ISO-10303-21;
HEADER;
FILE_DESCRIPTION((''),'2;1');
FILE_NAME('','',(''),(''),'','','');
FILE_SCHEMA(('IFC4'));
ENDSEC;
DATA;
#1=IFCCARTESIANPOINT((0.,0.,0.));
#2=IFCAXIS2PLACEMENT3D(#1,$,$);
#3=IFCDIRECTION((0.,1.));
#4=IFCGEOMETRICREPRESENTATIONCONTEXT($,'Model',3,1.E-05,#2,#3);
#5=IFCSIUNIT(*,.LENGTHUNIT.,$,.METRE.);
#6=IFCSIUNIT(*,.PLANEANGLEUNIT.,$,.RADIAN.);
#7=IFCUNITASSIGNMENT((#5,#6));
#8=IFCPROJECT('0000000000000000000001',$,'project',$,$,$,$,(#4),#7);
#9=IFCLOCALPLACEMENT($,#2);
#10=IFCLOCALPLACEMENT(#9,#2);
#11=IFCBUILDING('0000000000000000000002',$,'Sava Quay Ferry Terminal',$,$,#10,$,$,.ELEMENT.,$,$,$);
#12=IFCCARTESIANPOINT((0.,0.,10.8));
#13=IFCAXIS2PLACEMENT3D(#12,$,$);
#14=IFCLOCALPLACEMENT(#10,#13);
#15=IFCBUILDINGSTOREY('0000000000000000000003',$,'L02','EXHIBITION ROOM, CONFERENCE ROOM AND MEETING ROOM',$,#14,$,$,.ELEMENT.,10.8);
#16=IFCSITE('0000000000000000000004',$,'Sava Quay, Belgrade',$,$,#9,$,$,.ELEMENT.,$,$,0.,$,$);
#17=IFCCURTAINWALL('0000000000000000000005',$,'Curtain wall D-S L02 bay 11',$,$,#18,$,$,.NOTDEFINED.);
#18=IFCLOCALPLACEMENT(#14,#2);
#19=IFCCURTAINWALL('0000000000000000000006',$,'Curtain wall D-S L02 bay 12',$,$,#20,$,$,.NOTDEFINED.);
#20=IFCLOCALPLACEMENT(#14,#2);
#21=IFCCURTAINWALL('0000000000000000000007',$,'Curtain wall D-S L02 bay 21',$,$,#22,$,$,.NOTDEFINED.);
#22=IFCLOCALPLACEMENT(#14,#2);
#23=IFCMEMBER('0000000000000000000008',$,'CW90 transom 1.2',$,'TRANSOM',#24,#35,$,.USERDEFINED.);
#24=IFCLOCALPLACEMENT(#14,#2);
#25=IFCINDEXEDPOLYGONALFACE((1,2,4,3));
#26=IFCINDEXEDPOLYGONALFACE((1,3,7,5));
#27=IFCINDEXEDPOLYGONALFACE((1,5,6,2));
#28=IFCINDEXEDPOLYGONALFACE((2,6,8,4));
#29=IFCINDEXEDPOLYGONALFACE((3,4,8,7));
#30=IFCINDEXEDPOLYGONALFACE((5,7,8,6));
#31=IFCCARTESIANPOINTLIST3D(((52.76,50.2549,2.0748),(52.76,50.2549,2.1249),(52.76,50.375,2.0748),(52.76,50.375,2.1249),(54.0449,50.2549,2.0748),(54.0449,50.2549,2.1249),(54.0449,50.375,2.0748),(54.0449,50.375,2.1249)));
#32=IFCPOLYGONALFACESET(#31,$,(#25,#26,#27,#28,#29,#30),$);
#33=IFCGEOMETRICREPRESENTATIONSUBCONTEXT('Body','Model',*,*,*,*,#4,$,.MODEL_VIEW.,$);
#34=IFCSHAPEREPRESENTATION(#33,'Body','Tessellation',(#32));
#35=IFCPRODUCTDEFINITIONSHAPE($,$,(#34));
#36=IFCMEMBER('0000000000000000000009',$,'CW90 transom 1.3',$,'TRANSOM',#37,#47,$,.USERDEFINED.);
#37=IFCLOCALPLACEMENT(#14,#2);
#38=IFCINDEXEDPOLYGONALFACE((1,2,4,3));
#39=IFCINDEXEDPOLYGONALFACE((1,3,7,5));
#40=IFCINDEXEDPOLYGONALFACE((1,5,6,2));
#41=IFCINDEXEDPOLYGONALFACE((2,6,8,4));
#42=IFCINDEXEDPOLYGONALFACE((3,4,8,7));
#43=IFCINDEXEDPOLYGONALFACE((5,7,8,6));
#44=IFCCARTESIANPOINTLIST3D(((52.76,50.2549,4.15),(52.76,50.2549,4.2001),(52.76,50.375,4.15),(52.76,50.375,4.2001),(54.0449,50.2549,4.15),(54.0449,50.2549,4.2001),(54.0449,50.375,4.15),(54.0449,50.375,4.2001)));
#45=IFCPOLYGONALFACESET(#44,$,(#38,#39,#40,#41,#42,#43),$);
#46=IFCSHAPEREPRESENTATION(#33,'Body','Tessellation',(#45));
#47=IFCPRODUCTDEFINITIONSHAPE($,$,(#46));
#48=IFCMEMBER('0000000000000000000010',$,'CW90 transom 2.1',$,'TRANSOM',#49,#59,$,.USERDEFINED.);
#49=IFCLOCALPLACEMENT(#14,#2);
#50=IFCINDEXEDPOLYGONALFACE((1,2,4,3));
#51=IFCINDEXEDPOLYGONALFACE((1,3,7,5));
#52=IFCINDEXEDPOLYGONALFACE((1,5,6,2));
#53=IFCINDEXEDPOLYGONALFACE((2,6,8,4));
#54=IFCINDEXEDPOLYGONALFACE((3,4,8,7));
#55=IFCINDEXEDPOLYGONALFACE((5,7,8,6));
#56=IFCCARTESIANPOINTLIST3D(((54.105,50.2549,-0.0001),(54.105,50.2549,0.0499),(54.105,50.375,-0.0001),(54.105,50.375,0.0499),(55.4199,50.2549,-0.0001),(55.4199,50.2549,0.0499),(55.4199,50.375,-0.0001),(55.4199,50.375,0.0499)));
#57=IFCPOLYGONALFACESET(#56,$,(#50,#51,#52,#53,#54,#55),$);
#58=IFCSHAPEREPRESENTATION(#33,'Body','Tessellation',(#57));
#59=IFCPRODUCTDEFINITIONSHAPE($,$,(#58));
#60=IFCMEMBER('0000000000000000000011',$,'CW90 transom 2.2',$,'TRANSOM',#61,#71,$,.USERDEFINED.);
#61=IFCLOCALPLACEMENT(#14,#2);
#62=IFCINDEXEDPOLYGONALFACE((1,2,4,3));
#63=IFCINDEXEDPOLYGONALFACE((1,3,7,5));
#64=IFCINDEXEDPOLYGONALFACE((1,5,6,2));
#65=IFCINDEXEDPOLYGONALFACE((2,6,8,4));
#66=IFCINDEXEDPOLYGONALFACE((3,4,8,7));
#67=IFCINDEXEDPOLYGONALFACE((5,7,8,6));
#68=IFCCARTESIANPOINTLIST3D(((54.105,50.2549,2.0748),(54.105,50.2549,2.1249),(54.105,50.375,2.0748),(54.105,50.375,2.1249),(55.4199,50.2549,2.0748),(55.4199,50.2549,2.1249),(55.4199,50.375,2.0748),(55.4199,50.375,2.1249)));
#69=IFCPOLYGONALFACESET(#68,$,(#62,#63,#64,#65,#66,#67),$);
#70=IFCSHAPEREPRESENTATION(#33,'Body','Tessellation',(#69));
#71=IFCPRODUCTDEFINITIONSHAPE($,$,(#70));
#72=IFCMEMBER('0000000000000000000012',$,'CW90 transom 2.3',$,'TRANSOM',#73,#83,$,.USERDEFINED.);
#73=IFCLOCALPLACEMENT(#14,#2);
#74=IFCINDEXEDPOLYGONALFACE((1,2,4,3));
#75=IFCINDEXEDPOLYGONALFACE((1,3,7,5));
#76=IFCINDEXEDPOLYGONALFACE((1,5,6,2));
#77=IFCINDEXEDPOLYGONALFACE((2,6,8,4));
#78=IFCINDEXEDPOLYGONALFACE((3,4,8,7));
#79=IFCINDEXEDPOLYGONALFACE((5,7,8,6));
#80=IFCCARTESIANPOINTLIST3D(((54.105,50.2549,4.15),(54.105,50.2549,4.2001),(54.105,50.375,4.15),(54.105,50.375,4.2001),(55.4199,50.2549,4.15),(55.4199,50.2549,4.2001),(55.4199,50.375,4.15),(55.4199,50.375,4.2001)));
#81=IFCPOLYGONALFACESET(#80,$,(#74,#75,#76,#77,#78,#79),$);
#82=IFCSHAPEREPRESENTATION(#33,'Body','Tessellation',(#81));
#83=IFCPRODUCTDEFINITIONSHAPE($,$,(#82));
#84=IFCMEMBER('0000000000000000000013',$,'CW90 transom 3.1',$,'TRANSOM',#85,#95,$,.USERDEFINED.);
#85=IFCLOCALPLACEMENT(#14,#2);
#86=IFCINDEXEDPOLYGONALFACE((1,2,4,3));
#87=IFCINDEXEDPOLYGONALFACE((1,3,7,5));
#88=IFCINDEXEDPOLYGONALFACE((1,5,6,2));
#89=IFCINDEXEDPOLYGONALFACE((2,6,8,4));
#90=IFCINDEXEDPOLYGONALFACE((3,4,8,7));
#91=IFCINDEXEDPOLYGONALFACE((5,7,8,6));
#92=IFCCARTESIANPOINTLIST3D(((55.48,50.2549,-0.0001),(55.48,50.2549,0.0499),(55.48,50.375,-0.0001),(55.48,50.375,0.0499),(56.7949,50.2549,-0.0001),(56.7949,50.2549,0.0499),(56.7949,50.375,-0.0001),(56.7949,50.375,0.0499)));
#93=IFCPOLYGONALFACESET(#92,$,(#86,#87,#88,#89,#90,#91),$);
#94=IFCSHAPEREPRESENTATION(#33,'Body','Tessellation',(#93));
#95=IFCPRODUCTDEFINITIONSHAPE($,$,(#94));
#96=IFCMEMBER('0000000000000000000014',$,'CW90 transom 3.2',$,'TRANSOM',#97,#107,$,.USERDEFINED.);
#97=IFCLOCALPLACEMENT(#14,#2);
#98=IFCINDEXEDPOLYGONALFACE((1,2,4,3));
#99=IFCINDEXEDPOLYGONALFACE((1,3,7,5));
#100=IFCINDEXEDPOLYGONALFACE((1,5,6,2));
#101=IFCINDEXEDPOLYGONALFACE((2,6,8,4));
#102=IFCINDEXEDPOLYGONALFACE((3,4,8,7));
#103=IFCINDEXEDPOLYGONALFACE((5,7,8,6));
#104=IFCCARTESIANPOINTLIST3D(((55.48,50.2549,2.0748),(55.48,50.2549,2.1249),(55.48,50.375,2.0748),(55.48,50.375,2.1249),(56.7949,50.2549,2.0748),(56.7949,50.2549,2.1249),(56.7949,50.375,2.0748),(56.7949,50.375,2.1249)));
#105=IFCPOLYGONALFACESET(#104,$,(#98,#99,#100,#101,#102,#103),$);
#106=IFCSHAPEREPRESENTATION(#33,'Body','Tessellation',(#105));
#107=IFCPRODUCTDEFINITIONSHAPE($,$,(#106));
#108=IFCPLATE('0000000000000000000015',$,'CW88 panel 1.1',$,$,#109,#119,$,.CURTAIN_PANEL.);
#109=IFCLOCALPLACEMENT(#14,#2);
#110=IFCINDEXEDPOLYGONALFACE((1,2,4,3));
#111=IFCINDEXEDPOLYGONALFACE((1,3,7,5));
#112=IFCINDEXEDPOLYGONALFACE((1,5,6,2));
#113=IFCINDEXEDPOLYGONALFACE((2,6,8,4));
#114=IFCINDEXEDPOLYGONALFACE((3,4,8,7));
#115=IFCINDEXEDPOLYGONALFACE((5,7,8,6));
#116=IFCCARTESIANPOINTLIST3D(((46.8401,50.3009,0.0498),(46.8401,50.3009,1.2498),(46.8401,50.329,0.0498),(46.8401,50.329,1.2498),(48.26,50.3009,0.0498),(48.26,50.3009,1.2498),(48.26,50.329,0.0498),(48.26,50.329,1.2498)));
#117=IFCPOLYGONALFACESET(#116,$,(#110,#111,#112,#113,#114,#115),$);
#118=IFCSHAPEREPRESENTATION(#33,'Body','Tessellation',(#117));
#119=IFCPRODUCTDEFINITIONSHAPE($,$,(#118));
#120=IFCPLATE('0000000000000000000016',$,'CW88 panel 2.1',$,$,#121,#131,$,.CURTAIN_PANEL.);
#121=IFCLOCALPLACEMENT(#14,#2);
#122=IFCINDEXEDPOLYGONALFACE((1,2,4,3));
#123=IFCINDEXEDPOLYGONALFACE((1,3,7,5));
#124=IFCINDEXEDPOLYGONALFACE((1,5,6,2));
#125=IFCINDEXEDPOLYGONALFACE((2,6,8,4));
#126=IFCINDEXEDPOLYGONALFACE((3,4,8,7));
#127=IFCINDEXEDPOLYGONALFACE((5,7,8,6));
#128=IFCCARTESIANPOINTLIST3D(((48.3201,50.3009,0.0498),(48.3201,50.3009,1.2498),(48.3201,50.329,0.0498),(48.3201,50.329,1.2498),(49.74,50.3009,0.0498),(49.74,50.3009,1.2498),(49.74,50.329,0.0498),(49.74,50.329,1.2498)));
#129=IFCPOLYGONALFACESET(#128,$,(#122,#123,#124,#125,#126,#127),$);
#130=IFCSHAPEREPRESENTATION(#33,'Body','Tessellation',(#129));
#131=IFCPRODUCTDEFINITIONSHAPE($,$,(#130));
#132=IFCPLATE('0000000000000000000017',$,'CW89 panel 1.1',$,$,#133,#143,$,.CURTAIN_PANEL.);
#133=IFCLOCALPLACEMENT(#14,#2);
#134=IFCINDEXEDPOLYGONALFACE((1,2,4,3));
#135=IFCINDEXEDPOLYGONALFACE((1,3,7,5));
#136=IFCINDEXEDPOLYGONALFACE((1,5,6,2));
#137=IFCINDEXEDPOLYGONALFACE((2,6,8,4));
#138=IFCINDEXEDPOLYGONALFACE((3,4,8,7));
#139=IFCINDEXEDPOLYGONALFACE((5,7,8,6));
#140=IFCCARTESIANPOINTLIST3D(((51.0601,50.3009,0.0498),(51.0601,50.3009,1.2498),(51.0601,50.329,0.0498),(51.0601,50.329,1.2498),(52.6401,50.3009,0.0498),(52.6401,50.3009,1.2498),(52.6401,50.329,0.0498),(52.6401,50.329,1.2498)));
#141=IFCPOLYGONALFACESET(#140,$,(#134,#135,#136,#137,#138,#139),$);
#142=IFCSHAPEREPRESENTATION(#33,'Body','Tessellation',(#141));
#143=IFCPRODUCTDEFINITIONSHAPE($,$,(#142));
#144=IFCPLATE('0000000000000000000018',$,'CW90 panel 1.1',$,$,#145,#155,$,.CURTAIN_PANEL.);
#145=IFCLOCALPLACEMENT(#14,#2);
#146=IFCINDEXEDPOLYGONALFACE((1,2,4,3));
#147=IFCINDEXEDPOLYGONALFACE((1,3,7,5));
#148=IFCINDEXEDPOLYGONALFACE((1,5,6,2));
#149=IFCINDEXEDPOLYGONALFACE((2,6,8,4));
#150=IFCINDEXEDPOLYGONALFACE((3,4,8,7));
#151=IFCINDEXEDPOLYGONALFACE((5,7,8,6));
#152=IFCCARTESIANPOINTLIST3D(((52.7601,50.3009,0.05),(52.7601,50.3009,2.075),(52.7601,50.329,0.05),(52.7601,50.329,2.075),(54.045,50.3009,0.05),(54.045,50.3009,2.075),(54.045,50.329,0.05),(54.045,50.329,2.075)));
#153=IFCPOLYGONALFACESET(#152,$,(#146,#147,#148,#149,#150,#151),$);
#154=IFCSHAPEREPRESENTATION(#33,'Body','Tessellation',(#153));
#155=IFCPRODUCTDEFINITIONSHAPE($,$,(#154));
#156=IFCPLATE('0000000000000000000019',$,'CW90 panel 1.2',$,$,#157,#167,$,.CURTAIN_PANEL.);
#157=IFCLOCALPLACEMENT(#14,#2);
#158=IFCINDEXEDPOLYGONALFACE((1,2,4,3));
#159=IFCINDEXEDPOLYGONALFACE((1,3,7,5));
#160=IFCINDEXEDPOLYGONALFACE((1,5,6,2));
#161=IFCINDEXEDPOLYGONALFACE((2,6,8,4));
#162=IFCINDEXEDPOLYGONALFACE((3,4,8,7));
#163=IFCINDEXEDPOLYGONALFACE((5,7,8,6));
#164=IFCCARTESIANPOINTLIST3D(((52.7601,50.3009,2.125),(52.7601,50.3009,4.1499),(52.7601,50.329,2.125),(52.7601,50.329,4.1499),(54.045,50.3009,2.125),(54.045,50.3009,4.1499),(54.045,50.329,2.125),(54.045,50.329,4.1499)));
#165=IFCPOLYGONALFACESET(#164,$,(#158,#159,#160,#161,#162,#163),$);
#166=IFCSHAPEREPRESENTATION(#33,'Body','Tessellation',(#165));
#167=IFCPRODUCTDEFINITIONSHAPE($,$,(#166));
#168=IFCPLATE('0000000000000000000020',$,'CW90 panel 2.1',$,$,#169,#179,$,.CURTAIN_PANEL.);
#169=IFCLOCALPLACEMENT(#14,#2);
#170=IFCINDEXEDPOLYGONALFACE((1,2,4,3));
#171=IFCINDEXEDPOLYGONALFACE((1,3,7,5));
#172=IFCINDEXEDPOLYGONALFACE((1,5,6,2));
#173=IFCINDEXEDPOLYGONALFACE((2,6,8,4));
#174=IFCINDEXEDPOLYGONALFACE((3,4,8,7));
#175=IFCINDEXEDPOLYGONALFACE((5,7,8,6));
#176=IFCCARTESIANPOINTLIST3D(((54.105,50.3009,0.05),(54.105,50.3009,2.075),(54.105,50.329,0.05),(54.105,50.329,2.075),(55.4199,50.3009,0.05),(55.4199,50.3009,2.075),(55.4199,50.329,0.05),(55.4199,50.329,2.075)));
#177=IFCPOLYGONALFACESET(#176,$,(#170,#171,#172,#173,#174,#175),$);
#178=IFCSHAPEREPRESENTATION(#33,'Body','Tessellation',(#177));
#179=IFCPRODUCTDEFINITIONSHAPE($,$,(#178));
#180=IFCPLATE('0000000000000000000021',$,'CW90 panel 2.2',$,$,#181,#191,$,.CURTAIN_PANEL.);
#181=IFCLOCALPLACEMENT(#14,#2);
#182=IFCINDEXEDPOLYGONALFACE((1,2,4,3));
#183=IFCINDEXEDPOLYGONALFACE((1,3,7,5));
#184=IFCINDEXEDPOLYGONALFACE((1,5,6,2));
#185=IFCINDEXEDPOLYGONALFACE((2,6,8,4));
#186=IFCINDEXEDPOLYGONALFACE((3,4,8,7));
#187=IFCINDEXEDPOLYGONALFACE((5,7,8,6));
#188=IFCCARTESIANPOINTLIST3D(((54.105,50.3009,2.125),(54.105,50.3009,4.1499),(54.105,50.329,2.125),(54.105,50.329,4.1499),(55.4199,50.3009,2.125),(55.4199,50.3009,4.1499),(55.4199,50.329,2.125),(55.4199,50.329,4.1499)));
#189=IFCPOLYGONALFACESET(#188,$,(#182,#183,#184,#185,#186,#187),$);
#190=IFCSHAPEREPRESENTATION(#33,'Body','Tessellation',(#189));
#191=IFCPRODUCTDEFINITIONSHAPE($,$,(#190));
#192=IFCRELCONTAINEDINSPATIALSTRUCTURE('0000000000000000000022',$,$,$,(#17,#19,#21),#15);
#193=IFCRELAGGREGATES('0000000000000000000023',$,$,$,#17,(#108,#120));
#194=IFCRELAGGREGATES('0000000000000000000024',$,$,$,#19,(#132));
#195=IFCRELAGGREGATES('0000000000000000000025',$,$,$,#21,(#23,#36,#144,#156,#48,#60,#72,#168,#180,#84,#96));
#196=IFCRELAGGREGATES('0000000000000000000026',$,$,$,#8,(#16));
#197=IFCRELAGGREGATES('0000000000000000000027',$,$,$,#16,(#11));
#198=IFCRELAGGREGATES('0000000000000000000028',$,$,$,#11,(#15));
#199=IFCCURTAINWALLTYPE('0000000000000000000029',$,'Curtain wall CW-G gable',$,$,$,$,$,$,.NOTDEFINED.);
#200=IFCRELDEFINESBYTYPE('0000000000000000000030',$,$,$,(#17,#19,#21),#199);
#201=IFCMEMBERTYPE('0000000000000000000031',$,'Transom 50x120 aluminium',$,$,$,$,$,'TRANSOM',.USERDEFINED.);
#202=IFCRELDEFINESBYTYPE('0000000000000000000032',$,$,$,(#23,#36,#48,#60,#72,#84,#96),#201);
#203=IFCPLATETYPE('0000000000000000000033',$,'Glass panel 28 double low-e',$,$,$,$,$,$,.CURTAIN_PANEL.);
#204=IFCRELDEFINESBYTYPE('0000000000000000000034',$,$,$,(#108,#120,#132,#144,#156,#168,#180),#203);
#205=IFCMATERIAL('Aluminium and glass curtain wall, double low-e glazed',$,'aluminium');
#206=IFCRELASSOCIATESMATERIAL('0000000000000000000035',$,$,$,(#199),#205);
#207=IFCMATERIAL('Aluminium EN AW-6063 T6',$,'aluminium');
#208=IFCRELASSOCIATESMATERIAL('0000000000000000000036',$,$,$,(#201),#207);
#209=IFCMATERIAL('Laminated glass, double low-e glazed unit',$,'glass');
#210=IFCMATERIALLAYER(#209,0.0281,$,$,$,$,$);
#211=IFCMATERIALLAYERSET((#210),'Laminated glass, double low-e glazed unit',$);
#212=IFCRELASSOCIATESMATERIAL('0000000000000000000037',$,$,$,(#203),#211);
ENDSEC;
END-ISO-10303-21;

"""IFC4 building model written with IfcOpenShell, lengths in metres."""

from ifc_helpers import new_model, si_unit, direction, frame, origin, origin_2d, place, context, subcontext, project, spatial, rectangle, extrude, material, layer, layer_set, material_profile, profile_set, type_object, element, aggregate, save


model = new_model("IFC4")

# Units and contexts
model_context = context("Model", 3, precision=1e-05, world=origin(), true_north=direction((0.0, 1.0)))
body_context = subcontext(model_context, "Body", "Model", "MODEL_VIEW")
ifc_project = project(units=[si_unit("LENGTHUNIT", "METRE"), si_unit("PLANEANGLEUNIT", "RADIAN")], contexts=[model_context])

# Site, building, storey
site_placement = place(None, origin())
site = spatial("IfcSite", under=ifc_project, at=site_placement, Name="Sava Quay, Belgrade", CompositionType="ELEMENT", RefElevation=0.0)
building_placement = place(site_placement, origin())
building = spatial("IfcBuilding", under=site, at=building_placement, Name="Sava Quay Ferry Terminal", CompositionType="ELEMENT")
storey_placement = place(building_placement, frame((0.0, 0.0, 10.8)))
storey = spatial("IfcBuildingStorey", under=building, at=storey_placement, Name="L02", Description="EXHIBITION ROOM, CONFERENCE ROOM AND MEETING ROOM", CompositionType="ELEMENT", Elevation=10.8)

# Curtain walls
ifc_material_1 = material(Name="Aluminium and glass curtain wall, double low-e glazed", Category="aluminium")
curtain_wall_type = type_object("IfcCurtainWallType", Name="Curtain wall CW-G gable", PredefinedType="NOTDEFINED", material=ifc_material_1)
curtain_wall_1_placement = place(storey_placement, origin())
curtain_wall_1 = element("IfcCurtainWall", 1, at=curtain_wall_1_placement, inside=storey, type_object=curtain_wall_type, Name="Curtain wall D-S L02 bay 11", PredefinedType="NOTDEFINED")
curtain_wall_2_placement = place(storey_placement, origin())
curtain_wall_2 = element("IfcCurtainWall", 2, at=curtain_wall_2_placement, inside=storey, type_object=curtain_wall_type, Name="Curtain wall D-S L02 bay 12", PredefinedType="NOTDEFINED")
curtain_wall_3_placement = place(storey_placement, origin())
curtain_wall_3 = element("IfcCurtainWall", 3, at=curtain_wall_3_placement, inside=storey, type_object=curtain_wall_type, Name="Curtain wall D-S L02 bay 21", PredefinedType="NOTDEFINED")

# Members
ifc_material_2 = material(Name="Aluminium EN AW-6063 T6", Category="aluminium")
ifc_material_profile_1 = material_profile(ifc_material_2, rectangle(XDim=0.1201, YDim=0.05, at=origin_2d()), Name="Transom 50x120 aluminium")
ifc_profile_set_1 = profile_set([ifc_material_profile_1], Name="Aluminium EN AW-6063 T6")
member_type_1 = type_object("IfcMemberType", Name="Transom 50x120 aluminium", ElementType="TRANSOM", PredefinedType="USERDEFINED", material=ifc_profile_set_1)
member_1_placement = place(storey_placement, frame((52.76, 50.3149, 2.0999), z_axis=(1.0, 0.0, 0.0), x_axis=(0.0, 1.0, 0.0)))
member_1 = element("IfcMember", 4, at=member_1_placement, type_object=member_type_1, Name="CW90 transom 1.2", ObjectType="TRANSOM", PredefinedType="USERDEFINED", context=body_context, shape_type="SweptSolid", body=[
    extrude(rectangle(XDim=0.1201, YDim=0.05, at=origin_2d()), origin(), (0.0, 0.0, 1.0), 1.2849),
])
member_2_placement = place(storey_placement, frame((52.76, 50.3149, 4.175), z_axis=(1.0, 0.0, 0.0), x_axis=(0.0, 1.0, 0.0)))
member_2 = element("IfcMember", 5, at=member_2_placement, type_object=member_type_1, Name="CW90 transom 1.3", ObjectType="TRANSOM", PredefinedType="USERDEFINED", context=body_context, shape_type="SweptSolid", body=[
    extrude(rectangle(XDim=0.1201, YDim=0.05, at=origin_2d()), origin(), (0.0, 0.0, 1.0), 1.2849),
])
member_3_placement = place(storey_placement, frame((54.105, 50.3149, 0.0249), z_axis=(1.0, 0.0, 0.0), x_axis=(0.0, 1.0, 0.0)))
member_3 = element("IfcMember", 6, at=member_3_placement, type_object=member_type_1, Name="CW90 transom 2.1", ObjectType="TRANSOM", PredefinedType="USERDEFINED", context=body_context, shape_type="SweptSolid", body=[
    extrude(rectangle(XDim=0.1201, YDim=0.05, at=origin_2d()), origin(), (0.0, 0.0, 1.0), 1.3149),
])
member_4_placement = place(storey_placement, frame((54.105, 50.3149, 2.0999), z_axis=(1.0, 0.0, 0.0), x_axis=(0.0, 1.0, 0.0)))
member_4 = element("IfcMember", 7, at=member_4_placement, type_object=member_type_1, Name="CW90 transom 2.2", ObjectType="TRANSOM", PredefinedType="USERDEFINED", context=body_context, shape_type="SweptSolid", body=[
    extrude(rectangle(XDim=0.1201, YDim=0.05, at=origin_2d()), origin(), (0.0, 0.0, 1.0), 1.3149),
])
member_5_placement = place(storey_placement, frame((54.105, 50.3149, 4.175), z_axis=(1.0, 0.0, 0.0), x_axis=(0.0, 1.0, 0.0)))
member_5 = element("IfcMember", 8, at=member_5_placement, type_object=member_type_1, Name="CW90 transom 2.3", ObjectType="TRANSOM", PredefinedType="USERDEFINED", context=body_context, shape_type="SweptSolid", body=[
    extrude(rectangle(XDim=0.1201, YDim=0.05, at=origin_2d()), origin(), (0.0, 0.0, 1.0), 1.3149),
])
member_6_placement = place(storey_placement, frame((55.48, 50.3149, 0.0249), z_axis=(1.0, 0.0, 0.0), x_axis=(0.0, 1.0, 0.0)))
member_6 = element("IfcMember", 9, at=member_6_placement, type_object=member_type_1, Name="CW90 transom 3.1", ObjectType="TRANSOM", PredefinedType="USERDEFINED", context=body_context, shape_type="SweptSolid", body=[
    extrude(rectangle(XDim=0.1201, YDim=0.05, at=origin_2d()), origin(), (0.0, 0.0, 1.0), 1.3149),
])
member_7_placement = place(storey_placement, frame((55.48, 50.3149, 2.0999), z_axis=(1.0, 0.0, 0.0), x_axis=(0.0, 1.0, 0.0)))
member_7 = element("IfcMember", 10, at=member_7_placement, type_object=member_type_1, Name="CW90 transom 3.2", ObjectType="TRANSOM", PredefinedType="USERDEFINED", context=body_context, shape_type="SweptSolid", body=[
    extrude(rectangle(XDim=0.1201, YDim=0.05, at=origin_2d()), origin(), (0.0, 0.0, 1.0), 1.3149),
])

# Plates
ifc_material_3 = material(Name="Laminated glass, double low-e glazed unit", Category="glass")
ifc_layer_1 = layer(ifc_material_3, 0.0281)
ifc_layer_set_1 = layer_set([ifc_layer_1], Name="Laminated glass, double low-e glazed unit")
plate_type = type_object("IfcPlateType", Name="Glass panel 28 double low-e", PredefinedType="CURTAIN_PANEL", material=ifc_layer_set_1)
plate_1_placement = place(storey_placement, frame((47.55, 50.3149, 0.0498), z_axis=(0.0, 0.0, 1.0), x_axis=(1.0, 0.0, 0.0)))
plate_1 = element("IfcPlate", 11, at=plate_1_placement, type_object=plate_type, Name="CW88 panel 1.1", PredefinedType="CURTAIN_PANEL", context=body_context, shape_type="SweptSolid", body=[
    extrude(rectangle(XDim=1.4199, YDim=0.0281, at=origin_2d()), origin(), (0.0, 0.0, 1.0), 1.2),
])
plate_2_placement = place(storey_placement, frame((49.03, 50.3149, 0.0498), z_axis=(0.0, 0.0, 1.0), x_axis=(1.0, 0.0, 0.0)))
plate_2 = element("IfcPlate", 12, at=plate_2_placement, type_object=plate_type, Name="CW88 panel 2.1", PredefinedType="CURTAIN_PANEL", context=body_context, shape_type="SweptSolid", body=[
    extrude(rectangle(XDim=1.4199, YDim=0.0281, at=origin_2d()), origin(), (0.0, 0.0, 1.0), 1.2),
])
aggregate(curtain_wall_1, [plate_1, plate_2])
plate_3_placement = place(storey_placement, frame((51.8501, 50.3149, 0.0498), z_axis=(0.0, 0.0, 1.0), x_axis=(1.0, 0.0, 0.0)))
plate_3 = element("IfcPlate", 13, at=plate_3_placement, type_object=plate_type, Name="CW89 panel 1.1", PredefinedType="CURTAIN_PANEL", context=body_context, shape_type="SweptSolid", body=[
    extrude(rectangle(XDim=1.5801, YDim=0.0281, at=origin_2d()), origin(), (0.0, 0.0, 1.0), 1.2),
])
aggregate(curtain_wall_2, [plate_3])
plate_4_placement = place(storey_placement, frame((53.4026, 50.3149, 0.05), z_axis=(0.0, 0.0, 1.0), x_axis=(1.0, 0.0, 0.0)))
plate_4 = element("IfcPlate", 14, at=plate_4_placement, type_object=plate_type, Name="CW90 panel 1.1", PredefinedType="CURTAIN_PANEL", context=body_context, shape_type="SweptSolid", body=[
    extrude(rectangle(XDim=1.2849, YDim=0.0281, at=origin_2d()), origin(), (0.0, 0.0, 1.0), 2.0249),
])
plate_5_placement = place(storey_placement, frame((53.4026, 50.3149, 2.125), z_axis=(0.0, 0.0, 1.0), x_axis=(1.0, 0.0, 0.0)))
plate_5 = element("IfcPlate", 15, at=plate_5_placement, type_object=plate_type, Name="CW90 panel 1.2", PredefinedType="CURTAIN_PANEL", context=body_context, shape_type="SweptSolid", body=[
    extrude(rectangle(XDim=1.2849, YDim=0.0281, at=origin_2d()), origin(), (0.0, 0.0, 1.0), 2.0249),
])
plate_6_placement = place(storey_placement, frame((54.7625, 50.3149, 0.05), z_axis=(0.0, 0.0, 1.0), x_axis=(1.0, 0.0, 0.0)))
plate_6 = element("IfcPlate", 16, at=plate_6_placement, type_object=plate_type, Name="CW90 panel 2.1", PredefinedType="CURTAIN_PANEL", context=body_context, shape_type="SweptSolid", body=[
    extrude(rectangle(XDim=1.3149, YDim=0.0281, at=origin_2d()), origin(), (0.0, 0.0, 1.0), 2.0249),
])
plate_7_placement = place(storey_placement, frame((54.7625, 50.3149, 2.125), z_axis=(0.0, 0.0, 1.0), x_axis=(1.0, 0.0, 0.0)))
plate_7 = element("IfcPlate", 17, at=plate_7_placement, type_object=plate_type, Name="CW90 panel 2.2", PredefinedType="CURTAIN_PANEL", context=body_context, shape_type="SweptSolid", body=[
    extrude(rectangle(XDim=1.3149, YDim=0.0281, at=origin_2d()), origin(), (0.0, 0.0, 1.0), 2.0249),
])
aggregate(curtain_wall_3, [member_1, member_2, plate_4, plate_5, member_3, member_4, member_5, plate_6, plate_7, member_6, member_7])

save(model, "model.ifc")
